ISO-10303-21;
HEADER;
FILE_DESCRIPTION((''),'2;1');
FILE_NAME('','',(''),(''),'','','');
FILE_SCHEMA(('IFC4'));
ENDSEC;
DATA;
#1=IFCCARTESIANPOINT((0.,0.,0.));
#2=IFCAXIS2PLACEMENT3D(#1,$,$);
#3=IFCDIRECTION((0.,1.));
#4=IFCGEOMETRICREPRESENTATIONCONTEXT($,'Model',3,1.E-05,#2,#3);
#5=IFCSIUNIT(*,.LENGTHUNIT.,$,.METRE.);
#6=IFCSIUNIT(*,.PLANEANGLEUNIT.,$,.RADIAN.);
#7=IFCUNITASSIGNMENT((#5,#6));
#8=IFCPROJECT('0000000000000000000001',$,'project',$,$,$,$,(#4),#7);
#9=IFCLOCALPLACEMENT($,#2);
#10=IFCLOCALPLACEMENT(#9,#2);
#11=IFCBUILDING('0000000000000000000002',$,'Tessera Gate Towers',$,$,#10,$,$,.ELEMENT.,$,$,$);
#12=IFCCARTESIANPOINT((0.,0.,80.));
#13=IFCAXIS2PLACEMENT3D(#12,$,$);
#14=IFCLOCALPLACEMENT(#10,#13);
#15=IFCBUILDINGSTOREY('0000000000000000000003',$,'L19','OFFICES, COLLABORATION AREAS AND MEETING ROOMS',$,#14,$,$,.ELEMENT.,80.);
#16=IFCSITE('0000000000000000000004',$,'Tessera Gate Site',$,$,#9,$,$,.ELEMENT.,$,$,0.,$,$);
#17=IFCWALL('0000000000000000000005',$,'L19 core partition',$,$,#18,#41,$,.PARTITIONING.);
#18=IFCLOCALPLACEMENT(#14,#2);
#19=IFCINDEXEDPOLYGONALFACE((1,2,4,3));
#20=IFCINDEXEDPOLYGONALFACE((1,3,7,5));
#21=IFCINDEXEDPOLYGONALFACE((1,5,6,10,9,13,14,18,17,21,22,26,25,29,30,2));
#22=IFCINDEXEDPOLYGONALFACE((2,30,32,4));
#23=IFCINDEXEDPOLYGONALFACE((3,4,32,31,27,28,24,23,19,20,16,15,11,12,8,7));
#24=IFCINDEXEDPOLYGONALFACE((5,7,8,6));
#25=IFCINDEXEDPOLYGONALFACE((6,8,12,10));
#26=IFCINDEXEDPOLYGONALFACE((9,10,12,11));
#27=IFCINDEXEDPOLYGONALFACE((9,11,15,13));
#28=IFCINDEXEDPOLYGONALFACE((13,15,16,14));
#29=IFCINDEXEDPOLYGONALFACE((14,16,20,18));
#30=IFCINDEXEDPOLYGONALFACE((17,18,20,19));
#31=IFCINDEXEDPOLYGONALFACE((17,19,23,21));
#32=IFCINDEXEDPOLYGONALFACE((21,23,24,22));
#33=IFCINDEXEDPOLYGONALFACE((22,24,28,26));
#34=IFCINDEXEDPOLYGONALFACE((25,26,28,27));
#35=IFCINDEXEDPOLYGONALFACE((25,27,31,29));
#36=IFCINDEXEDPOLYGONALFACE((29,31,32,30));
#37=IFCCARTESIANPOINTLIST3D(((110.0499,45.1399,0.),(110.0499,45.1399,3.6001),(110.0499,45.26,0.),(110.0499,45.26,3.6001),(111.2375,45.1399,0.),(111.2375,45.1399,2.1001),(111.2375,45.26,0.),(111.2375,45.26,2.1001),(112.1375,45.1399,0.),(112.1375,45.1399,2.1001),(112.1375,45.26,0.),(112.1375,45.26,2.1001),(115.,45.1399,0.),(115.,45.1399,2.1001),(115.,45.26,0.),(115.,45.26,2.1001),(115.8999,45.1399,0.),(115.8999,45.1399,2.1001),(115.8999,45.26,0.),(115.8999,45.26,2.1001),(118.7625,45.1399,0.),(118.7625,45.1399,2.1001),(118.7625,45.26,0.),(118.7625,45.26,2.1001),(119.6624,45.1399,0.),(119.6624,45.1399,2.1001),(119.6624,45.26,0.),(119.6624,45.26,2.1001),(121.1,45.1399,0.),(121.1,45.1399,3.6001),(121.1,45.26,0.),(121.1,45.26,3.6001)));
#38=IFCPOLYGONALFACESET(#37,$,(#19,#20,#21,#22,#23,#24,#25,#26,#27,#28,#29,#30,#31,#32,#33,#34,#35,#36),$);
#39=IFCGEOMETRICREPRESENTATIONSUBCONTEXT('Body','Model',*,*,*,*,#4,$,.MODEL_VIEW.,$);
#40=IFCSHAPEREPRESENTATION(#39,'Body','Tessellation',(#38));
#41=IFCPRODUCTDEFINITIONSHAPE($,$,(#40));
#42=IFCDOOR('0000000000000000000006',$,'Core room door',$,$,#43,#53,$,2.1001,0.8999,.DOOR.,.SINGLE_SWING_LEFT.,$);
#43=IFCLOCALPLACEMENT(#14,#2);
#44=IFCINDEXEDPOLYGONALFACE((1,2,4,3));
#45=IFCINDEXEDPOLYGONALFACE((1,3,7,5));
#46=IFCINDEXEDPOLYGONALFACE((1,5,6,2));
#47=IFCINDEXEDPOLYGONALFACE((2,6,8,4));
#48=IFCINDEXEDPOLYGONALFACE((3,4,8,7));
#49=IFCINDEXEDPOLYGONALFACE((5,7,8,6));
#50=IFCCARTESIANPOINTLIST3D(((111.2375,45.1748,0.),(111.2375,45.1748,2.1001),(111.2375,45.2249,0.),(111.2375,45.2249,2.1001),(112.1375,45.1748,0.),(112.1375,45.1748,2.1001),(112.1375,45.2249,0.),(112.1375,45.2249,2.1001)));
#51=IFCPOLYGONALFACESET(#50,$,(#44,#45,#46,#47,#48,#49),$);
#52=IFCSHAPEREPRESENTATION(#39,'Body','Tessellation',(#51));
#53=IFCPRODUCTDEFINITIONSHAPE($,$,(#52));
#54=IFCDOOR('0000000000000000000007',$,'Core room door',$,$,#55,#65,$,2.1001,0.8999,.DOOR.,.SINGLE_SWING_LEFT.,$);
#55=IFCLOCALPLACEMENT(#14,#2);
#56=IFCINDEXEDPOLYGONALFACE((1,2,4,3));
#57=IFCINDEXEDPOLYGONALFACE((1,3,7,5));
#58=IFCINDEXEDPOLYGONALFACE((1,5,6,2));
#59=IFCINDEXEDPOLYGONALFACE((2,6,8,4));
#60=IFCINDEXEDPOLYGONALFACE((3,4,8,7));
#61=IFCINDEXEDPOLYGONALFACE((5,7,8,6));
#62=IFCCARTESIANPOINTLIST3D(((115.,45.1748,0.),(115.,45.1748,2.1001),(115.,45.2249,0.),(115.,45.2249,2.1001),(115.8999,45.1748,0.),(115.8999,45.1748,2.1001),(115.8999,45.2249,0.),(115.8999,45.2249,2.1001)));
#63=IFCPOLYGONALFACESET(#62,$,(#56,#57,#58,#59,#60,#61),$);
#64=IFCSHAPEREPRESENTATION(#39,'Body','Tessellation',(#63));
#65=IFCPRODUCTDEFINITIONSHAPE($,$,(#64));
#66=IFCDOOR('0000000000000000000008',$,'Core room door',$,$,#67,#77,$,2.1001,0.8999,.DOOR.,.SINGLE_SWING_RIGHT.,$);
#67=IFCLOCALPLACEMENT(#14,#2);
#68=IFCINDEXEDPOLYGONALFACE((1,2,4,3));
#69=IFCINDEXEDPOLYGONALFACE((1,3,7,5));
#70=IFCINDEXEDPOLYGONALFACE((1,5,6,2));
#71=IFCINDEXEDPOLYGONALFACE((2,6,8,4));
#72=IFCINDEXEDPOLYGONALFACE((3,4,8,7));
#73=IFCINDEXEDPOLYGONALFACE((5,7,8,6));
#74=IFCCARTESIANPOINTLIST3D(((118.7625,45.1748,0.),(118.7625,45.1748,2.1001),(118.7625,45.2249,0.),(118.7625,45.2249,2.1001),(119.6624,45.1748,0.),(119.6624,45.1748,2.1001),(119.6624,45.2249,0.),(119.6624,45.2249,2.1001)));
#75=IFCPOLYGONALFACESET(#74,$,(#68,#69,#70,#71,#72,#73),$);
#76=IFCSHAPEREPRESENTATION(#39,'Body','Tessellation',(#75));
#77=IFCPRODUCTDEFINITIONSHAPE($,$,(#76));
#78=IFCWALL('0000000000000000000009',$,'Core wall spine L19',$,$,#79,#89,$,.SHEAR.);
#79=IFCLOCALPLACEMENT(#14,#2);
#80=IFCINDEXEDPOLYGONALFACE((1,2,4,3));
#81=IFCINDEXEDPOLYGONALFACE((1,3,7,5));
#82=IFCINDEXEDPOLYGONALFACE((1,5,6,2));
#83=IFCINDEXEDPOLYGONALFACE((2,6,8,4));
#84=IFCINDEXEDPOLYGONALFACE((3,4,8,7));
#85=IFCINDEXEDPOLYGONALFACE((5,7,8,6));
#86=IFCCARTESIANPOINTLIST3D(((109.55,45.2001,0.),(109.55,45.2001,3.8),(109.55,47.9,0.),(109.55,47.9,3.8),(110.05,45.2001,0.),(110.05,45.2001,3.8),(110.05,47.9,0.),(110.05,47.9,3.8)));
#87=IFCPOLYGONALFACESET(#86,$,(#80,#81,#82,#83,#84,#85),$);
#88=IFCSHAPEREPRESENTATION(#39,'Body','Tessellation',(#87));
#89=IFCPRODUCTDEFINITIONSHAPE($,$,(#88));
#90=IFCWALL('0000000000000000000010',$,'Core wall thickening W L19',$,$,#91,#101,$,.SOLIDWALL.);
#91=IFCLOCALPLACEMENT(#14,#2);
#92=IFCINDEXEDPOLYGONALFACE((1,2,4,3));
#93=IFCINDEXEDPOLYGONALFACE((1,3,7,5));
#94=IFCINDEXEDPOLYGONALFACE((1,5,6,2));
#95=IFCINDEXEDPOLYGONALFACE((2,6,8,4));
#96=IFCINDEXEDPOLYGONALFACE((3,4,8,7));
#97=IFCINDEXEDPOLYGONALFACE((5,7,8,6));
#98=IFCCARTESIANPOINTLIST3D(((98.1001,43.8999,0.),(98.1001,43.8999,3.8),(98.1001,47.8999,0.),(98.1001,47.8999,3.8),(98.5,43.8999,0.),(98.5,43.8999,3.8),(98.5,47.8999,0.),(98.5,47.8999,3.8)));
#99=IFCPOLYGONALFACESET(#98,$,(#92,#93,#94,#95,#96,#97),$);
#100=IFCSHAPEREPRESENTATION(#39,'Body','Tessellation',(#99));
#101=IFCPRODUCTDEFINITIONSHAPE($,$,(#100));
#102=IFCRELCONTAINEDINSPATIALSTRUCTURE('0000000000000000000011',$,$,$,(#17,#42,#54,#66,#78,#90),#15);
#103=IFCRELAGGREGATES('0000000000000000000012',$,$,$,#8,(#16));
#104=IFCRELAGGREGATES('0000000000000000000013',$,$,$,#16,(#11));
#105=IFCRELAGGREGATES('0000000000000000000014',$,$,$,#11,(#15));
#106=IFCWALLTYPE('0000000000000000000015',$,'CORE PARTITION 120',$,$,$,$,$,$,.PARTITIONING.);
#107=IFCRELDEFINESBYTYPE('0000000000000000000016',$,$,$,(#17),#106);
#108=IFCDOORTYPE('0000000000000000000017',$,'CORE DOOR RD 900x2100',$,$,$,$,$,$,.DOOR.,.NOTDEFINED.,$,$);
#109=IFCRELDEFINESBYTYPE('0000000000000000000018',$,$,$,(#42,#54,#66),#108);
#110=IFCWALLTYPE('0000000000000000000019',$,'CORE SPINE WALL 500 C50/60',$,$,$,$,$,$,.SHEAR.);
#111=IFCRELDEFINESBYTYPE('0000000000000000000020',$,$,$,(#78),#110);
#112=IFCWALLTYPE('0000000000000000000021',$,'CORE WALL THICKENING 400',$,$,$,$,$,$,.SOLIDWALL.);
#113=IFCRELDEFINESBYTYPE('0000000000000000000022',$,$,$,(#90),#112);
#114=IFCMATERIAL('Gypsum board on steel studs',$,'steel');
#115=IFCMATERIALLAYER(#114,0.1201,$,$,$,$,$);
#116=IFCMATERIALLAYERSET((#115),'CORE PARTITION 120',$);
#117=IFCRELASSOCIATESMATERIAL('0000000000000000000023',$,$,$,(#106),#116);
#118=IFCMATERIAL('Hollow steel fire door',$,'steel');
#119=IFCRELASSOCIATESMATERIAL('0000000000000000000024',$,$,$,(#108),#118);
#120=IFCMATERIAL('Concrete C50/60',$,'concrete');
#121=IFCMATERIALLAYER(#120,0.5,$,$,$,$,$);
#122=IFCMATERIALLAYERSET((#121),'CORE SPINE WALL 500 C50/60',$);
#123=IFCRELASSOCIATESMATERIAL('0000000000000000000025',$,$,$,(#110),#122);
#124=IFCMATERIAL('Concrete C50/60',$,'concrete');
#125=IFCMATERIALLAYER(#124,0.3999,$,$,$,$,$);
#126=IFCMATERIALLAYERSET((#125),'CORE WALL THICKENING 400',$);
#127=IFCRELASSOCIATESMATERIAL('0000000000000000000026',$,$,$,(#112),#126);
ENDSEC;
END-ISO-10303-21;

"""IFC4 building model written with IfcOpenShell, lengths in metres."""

from ifc_helpers import new_model, si_unit, direction, frame, frame_2d, origin, place, context, subcontext, project, spatial, rectangle, extrude, source, transform, mapped, material, layer, layer_set, type_object, element, fill, save


model = new_model("IFC4")

# Units and contexts
model_context = context("Model", 3, precision=1e-05, world=origin(), true_north=direction((0.0, 1.0)))
body_context = subcontext(model_context, "Body", "Model", "MODEL_VIEW")
ifc_project = project(units=[si_unit("LENGTHUNIT", "METRE"), si_unit("PLANEANGLEUNIT", "RADIAN")], contexts=[model_context])

# Site, building, storey
site_placement = place(None, origin())
site = spatial("IfcSite", under=ifc_project, at=site_placement, Name="Tessera Gate Site", CompositionType="ELEMENT", RefElevation=0.0)
building_placement = place(site_placement, origin())
building = spatial("IfcBuilding", under=site, at=building_placement, Name="Tessera Gate Towers", CompositionType="ELEMENT")
storey_placement = place(building_placement, frame((0.0, 0.0, 80.0)))
storey = spatial("IfcBuildingStorey", under=building, at=storey_placement, Name="L19", Description="OFFICES, COLLABORATION AREAS AND MEETING ROOMS", CompositionType="ELEMENT", Elevation=80.0)

# Wall, openings, doors
ifc_material_1 = material(Name="Gypsum board on steel studs", Category="steel")
ifc_layer_1 = layer(ifc_material_1, 0.1201)
ifc_layer_set_1 = layer_set([ifc_layer_1], Name="CORE PARTITION 120")
wall_type_1 = type_object("IfcWallType", Name="CORE PARTITION 120", PredefinedType="PARTITIONING", material=ifc_layer_set_1)
wall_1_placement = place(storey_placement, frame((110.05, 45.2, 0.0), z_axis=(0.0, 0.0, 1.0), x_axis=(1.0, 0.0, 0.0)))
wall_1 = element("IfcWall", 1, at=wall_1_placement, inside=storey, type_object=wall_type_1, Name="L19 core partition", PredefinedType="PARTITIONING", context=body_context, shape_type="SweptSolid", body=[
    extrude(rectangle(XDim=11.05, YDim=0.1201, at=frame_2d((5.5249, 0.0))), origin(), (0.0, 0.0, 1.0), 3.6001),
])
shared_shape_1 = source(origin(), body_context, "Body", "SweptSolid", [
    extrude(rectangle(XDim=0.8999, YDim=2.1001, at=frame_2d((0.45, 1.05))), frame((0.0, 0.0701, 0.0), z_axis=(0.0, -1.0, 0.0), x_axis=(1.0, 0.0, 0.0)), (0.0, 0.0, 1.0), 0.1401),
])
opening_1_placement = place(wall_1_placement, frame((1.1875, 0.0, 0.0)))
opening_1 = element("IfcOpeningElement", 2, at=opening_1_placement, cuts=wall_1, PredefinedType="OPENING", context=body_context, shape_type="MappedRepresentation", body=[
    mapped(shared_shape_1, transform((0.0, 0.0, 0.0), scale=1.0)),
])
opening_2_placement = place(wall_1_placement, frame((4.95, 0.0, 0.0)))
opening_2 = element("IfcOpeningElement", 3, at=opening_2_placement, cuts=wall_1, PredefinedType="OPENING", context=body_context, shape_type="MappedRepresentation", body=[
    mapped(shared_shape_1, transform((0.0, 0.0, 0.0), scale=1.0)),
])
opening_3_placement = place(wall_1_placement, frame((8.7124, 0.0, 0.0)))
opening_3 = element("IfcOpeningElement", 4, at=opening_3_placement, cuts=wall_1, PredefinedType="OPENING", context=body_context, shape_type="MappedRepresentation", body=[
    mapped(shared_shape_1, transform((0.0, 0.0, 0.0), scale=1.0)),
])
ifc_material_2 = material(Name="Hollow steel fire door", Category="steel")
door_type_1 = type_object("IfcDoorType", Name="CORE DOOR RD 900x2100", OperationType="NOTDEFINED", PredefinedType="DOOR", material=ifc_material_2)
shared_shape_2 = source(origin(), body_context, "Body", "SweptSolid", [
    extrude(rectangle(XDim=0.8999, YDim=2.1001, at=frame_2d((0.45, 1.05))), frame((0.0, 0.0249, 0.0), z_axis=(0.0, -1.0, 0.0), x_axis=(1.0, 0.0, 0.0)), (0.0, 0.0, 1.0), 0.05),
])
door_1_placement = place(opening_1_placement, origin())
door_1 = element("IfcDoor", 5, at=door_1_placement, inside=storey, type_object=door_type_1, Name="Core room door", OperationType="SINGLE_SWING_LEFT", OverallHeight=2.1001, OverallWidth=0.8999, PredefinedType="DOOR", context=body_context, shape_type="MappedRepresentation", body=[
    mapped(shared_shape_2, transform((0.0, 0.0, 0.0), scale=1.0)),
])
fill(opening_1, door_1)
door_2_placement = place(opening_2_placement, origin())
door_2 = element("IfcDoor", 6, at=door_2_placement, inside=storey, type_object=door_type_1, Name="Core room door", OperationType="SINGLE_SWING_LEFT", OverallHeight=2.1001, OverallWidth=0.8999, PredefinedType="DOOR", context=body_context, shape_type="MappedRepresentation", body=[
    mapped(shared_shape_2, transform((0.0, 0.0, 0.0), scale=1.0)),
])
fill(opening_2, door_2)
door_3_placement = place(opening_3_placement, origin())
door_3 = element("IfcDoor", 7, at=door_3_placement, inside=storey, type_object=door_type_1, Name="Core room door", OperationType="SINGLE_SWING_RIGHT", OverallHeight=2.1001, OverallWidth=0.8999, PredefinedType="DOOR", context=body_context, shape_type="MappedRepresentation", body=[
    mapped(shared_shape_2, transform((0.0, 0.0, 0.0), scale=1.0)),
])
fill(opening_3, door_3)

# Walls
ifc_material_3 = material(Name="Concrete C50/60", Category="concrete")
ifc_layer_2 = layer(ifc_material_3, 0.5)
ifc_layer_set_2 = layer_set([ifc_layer_2], Name="CORE SPINE WALL 500 C50/60")
wall_type_2 = type_object("IfcWallType", Name="CORE SPINE WALL 500 C50/60", PredefinedType="SHEAR", material=ifc_layer_set_2)
wall_2_placement = place(storey_placement, frame((109.8, 45.2, 0.0), z_axis=(0.0, 0.0, 1.0), x_axis=(0.0, 1.0, 0.0)))
element("IfcWall", 8, at=wall_2_placement, inside=storey, type_object=wall_type_2, Name="Core wall spine L19", PredefinedType="SHEAR", context=body_context, shape_type="SweptSolid", body=[
    extrude(rectangle(XDim=2.7, YDim=0.5, at=frame_2d((1.3501, 0.0))), origin(), (0.0, 0.0, 1.0), 3.8),
])
ifc_material_4 = material(Name="Concrete C50/60", Category="concrete")
ifc_layer_3 = layer(ifc_material_4, 0.3999)
ifc_layer_set_3 = layer_set([ifc_layer_3], Name="CORE WALL THICKENING 400")
wall_type_3 = type_object("IfcWallType", Name="CORE WALL THICKENING 400", PredefinedType="SOLIDWALL", material=ifc_layer_set_3)
wall_3_placement = place(storey_placement, frame((98.3, 43.8999, 0.0), z_axis=(0.0, 0.0, 1.0), x_axis=(0.0, 1.0, 0.0)))
element("IfcWall", 9, at=wall_3_placement, inside=storey, type_object=wall_type_3, Name="Core wall thickening W L19", PredefinedType="SOLIDWALL", context=body_context, shape_type="SweptSolid", body=[
    extrude(rectangle(XDim=4.0, YDim=0.3999, at=frame_2d((2.0, 0.0))), origin(), (0.0, 0.0, 1.0), 3.8),
])

save(model, "model.ifc")
